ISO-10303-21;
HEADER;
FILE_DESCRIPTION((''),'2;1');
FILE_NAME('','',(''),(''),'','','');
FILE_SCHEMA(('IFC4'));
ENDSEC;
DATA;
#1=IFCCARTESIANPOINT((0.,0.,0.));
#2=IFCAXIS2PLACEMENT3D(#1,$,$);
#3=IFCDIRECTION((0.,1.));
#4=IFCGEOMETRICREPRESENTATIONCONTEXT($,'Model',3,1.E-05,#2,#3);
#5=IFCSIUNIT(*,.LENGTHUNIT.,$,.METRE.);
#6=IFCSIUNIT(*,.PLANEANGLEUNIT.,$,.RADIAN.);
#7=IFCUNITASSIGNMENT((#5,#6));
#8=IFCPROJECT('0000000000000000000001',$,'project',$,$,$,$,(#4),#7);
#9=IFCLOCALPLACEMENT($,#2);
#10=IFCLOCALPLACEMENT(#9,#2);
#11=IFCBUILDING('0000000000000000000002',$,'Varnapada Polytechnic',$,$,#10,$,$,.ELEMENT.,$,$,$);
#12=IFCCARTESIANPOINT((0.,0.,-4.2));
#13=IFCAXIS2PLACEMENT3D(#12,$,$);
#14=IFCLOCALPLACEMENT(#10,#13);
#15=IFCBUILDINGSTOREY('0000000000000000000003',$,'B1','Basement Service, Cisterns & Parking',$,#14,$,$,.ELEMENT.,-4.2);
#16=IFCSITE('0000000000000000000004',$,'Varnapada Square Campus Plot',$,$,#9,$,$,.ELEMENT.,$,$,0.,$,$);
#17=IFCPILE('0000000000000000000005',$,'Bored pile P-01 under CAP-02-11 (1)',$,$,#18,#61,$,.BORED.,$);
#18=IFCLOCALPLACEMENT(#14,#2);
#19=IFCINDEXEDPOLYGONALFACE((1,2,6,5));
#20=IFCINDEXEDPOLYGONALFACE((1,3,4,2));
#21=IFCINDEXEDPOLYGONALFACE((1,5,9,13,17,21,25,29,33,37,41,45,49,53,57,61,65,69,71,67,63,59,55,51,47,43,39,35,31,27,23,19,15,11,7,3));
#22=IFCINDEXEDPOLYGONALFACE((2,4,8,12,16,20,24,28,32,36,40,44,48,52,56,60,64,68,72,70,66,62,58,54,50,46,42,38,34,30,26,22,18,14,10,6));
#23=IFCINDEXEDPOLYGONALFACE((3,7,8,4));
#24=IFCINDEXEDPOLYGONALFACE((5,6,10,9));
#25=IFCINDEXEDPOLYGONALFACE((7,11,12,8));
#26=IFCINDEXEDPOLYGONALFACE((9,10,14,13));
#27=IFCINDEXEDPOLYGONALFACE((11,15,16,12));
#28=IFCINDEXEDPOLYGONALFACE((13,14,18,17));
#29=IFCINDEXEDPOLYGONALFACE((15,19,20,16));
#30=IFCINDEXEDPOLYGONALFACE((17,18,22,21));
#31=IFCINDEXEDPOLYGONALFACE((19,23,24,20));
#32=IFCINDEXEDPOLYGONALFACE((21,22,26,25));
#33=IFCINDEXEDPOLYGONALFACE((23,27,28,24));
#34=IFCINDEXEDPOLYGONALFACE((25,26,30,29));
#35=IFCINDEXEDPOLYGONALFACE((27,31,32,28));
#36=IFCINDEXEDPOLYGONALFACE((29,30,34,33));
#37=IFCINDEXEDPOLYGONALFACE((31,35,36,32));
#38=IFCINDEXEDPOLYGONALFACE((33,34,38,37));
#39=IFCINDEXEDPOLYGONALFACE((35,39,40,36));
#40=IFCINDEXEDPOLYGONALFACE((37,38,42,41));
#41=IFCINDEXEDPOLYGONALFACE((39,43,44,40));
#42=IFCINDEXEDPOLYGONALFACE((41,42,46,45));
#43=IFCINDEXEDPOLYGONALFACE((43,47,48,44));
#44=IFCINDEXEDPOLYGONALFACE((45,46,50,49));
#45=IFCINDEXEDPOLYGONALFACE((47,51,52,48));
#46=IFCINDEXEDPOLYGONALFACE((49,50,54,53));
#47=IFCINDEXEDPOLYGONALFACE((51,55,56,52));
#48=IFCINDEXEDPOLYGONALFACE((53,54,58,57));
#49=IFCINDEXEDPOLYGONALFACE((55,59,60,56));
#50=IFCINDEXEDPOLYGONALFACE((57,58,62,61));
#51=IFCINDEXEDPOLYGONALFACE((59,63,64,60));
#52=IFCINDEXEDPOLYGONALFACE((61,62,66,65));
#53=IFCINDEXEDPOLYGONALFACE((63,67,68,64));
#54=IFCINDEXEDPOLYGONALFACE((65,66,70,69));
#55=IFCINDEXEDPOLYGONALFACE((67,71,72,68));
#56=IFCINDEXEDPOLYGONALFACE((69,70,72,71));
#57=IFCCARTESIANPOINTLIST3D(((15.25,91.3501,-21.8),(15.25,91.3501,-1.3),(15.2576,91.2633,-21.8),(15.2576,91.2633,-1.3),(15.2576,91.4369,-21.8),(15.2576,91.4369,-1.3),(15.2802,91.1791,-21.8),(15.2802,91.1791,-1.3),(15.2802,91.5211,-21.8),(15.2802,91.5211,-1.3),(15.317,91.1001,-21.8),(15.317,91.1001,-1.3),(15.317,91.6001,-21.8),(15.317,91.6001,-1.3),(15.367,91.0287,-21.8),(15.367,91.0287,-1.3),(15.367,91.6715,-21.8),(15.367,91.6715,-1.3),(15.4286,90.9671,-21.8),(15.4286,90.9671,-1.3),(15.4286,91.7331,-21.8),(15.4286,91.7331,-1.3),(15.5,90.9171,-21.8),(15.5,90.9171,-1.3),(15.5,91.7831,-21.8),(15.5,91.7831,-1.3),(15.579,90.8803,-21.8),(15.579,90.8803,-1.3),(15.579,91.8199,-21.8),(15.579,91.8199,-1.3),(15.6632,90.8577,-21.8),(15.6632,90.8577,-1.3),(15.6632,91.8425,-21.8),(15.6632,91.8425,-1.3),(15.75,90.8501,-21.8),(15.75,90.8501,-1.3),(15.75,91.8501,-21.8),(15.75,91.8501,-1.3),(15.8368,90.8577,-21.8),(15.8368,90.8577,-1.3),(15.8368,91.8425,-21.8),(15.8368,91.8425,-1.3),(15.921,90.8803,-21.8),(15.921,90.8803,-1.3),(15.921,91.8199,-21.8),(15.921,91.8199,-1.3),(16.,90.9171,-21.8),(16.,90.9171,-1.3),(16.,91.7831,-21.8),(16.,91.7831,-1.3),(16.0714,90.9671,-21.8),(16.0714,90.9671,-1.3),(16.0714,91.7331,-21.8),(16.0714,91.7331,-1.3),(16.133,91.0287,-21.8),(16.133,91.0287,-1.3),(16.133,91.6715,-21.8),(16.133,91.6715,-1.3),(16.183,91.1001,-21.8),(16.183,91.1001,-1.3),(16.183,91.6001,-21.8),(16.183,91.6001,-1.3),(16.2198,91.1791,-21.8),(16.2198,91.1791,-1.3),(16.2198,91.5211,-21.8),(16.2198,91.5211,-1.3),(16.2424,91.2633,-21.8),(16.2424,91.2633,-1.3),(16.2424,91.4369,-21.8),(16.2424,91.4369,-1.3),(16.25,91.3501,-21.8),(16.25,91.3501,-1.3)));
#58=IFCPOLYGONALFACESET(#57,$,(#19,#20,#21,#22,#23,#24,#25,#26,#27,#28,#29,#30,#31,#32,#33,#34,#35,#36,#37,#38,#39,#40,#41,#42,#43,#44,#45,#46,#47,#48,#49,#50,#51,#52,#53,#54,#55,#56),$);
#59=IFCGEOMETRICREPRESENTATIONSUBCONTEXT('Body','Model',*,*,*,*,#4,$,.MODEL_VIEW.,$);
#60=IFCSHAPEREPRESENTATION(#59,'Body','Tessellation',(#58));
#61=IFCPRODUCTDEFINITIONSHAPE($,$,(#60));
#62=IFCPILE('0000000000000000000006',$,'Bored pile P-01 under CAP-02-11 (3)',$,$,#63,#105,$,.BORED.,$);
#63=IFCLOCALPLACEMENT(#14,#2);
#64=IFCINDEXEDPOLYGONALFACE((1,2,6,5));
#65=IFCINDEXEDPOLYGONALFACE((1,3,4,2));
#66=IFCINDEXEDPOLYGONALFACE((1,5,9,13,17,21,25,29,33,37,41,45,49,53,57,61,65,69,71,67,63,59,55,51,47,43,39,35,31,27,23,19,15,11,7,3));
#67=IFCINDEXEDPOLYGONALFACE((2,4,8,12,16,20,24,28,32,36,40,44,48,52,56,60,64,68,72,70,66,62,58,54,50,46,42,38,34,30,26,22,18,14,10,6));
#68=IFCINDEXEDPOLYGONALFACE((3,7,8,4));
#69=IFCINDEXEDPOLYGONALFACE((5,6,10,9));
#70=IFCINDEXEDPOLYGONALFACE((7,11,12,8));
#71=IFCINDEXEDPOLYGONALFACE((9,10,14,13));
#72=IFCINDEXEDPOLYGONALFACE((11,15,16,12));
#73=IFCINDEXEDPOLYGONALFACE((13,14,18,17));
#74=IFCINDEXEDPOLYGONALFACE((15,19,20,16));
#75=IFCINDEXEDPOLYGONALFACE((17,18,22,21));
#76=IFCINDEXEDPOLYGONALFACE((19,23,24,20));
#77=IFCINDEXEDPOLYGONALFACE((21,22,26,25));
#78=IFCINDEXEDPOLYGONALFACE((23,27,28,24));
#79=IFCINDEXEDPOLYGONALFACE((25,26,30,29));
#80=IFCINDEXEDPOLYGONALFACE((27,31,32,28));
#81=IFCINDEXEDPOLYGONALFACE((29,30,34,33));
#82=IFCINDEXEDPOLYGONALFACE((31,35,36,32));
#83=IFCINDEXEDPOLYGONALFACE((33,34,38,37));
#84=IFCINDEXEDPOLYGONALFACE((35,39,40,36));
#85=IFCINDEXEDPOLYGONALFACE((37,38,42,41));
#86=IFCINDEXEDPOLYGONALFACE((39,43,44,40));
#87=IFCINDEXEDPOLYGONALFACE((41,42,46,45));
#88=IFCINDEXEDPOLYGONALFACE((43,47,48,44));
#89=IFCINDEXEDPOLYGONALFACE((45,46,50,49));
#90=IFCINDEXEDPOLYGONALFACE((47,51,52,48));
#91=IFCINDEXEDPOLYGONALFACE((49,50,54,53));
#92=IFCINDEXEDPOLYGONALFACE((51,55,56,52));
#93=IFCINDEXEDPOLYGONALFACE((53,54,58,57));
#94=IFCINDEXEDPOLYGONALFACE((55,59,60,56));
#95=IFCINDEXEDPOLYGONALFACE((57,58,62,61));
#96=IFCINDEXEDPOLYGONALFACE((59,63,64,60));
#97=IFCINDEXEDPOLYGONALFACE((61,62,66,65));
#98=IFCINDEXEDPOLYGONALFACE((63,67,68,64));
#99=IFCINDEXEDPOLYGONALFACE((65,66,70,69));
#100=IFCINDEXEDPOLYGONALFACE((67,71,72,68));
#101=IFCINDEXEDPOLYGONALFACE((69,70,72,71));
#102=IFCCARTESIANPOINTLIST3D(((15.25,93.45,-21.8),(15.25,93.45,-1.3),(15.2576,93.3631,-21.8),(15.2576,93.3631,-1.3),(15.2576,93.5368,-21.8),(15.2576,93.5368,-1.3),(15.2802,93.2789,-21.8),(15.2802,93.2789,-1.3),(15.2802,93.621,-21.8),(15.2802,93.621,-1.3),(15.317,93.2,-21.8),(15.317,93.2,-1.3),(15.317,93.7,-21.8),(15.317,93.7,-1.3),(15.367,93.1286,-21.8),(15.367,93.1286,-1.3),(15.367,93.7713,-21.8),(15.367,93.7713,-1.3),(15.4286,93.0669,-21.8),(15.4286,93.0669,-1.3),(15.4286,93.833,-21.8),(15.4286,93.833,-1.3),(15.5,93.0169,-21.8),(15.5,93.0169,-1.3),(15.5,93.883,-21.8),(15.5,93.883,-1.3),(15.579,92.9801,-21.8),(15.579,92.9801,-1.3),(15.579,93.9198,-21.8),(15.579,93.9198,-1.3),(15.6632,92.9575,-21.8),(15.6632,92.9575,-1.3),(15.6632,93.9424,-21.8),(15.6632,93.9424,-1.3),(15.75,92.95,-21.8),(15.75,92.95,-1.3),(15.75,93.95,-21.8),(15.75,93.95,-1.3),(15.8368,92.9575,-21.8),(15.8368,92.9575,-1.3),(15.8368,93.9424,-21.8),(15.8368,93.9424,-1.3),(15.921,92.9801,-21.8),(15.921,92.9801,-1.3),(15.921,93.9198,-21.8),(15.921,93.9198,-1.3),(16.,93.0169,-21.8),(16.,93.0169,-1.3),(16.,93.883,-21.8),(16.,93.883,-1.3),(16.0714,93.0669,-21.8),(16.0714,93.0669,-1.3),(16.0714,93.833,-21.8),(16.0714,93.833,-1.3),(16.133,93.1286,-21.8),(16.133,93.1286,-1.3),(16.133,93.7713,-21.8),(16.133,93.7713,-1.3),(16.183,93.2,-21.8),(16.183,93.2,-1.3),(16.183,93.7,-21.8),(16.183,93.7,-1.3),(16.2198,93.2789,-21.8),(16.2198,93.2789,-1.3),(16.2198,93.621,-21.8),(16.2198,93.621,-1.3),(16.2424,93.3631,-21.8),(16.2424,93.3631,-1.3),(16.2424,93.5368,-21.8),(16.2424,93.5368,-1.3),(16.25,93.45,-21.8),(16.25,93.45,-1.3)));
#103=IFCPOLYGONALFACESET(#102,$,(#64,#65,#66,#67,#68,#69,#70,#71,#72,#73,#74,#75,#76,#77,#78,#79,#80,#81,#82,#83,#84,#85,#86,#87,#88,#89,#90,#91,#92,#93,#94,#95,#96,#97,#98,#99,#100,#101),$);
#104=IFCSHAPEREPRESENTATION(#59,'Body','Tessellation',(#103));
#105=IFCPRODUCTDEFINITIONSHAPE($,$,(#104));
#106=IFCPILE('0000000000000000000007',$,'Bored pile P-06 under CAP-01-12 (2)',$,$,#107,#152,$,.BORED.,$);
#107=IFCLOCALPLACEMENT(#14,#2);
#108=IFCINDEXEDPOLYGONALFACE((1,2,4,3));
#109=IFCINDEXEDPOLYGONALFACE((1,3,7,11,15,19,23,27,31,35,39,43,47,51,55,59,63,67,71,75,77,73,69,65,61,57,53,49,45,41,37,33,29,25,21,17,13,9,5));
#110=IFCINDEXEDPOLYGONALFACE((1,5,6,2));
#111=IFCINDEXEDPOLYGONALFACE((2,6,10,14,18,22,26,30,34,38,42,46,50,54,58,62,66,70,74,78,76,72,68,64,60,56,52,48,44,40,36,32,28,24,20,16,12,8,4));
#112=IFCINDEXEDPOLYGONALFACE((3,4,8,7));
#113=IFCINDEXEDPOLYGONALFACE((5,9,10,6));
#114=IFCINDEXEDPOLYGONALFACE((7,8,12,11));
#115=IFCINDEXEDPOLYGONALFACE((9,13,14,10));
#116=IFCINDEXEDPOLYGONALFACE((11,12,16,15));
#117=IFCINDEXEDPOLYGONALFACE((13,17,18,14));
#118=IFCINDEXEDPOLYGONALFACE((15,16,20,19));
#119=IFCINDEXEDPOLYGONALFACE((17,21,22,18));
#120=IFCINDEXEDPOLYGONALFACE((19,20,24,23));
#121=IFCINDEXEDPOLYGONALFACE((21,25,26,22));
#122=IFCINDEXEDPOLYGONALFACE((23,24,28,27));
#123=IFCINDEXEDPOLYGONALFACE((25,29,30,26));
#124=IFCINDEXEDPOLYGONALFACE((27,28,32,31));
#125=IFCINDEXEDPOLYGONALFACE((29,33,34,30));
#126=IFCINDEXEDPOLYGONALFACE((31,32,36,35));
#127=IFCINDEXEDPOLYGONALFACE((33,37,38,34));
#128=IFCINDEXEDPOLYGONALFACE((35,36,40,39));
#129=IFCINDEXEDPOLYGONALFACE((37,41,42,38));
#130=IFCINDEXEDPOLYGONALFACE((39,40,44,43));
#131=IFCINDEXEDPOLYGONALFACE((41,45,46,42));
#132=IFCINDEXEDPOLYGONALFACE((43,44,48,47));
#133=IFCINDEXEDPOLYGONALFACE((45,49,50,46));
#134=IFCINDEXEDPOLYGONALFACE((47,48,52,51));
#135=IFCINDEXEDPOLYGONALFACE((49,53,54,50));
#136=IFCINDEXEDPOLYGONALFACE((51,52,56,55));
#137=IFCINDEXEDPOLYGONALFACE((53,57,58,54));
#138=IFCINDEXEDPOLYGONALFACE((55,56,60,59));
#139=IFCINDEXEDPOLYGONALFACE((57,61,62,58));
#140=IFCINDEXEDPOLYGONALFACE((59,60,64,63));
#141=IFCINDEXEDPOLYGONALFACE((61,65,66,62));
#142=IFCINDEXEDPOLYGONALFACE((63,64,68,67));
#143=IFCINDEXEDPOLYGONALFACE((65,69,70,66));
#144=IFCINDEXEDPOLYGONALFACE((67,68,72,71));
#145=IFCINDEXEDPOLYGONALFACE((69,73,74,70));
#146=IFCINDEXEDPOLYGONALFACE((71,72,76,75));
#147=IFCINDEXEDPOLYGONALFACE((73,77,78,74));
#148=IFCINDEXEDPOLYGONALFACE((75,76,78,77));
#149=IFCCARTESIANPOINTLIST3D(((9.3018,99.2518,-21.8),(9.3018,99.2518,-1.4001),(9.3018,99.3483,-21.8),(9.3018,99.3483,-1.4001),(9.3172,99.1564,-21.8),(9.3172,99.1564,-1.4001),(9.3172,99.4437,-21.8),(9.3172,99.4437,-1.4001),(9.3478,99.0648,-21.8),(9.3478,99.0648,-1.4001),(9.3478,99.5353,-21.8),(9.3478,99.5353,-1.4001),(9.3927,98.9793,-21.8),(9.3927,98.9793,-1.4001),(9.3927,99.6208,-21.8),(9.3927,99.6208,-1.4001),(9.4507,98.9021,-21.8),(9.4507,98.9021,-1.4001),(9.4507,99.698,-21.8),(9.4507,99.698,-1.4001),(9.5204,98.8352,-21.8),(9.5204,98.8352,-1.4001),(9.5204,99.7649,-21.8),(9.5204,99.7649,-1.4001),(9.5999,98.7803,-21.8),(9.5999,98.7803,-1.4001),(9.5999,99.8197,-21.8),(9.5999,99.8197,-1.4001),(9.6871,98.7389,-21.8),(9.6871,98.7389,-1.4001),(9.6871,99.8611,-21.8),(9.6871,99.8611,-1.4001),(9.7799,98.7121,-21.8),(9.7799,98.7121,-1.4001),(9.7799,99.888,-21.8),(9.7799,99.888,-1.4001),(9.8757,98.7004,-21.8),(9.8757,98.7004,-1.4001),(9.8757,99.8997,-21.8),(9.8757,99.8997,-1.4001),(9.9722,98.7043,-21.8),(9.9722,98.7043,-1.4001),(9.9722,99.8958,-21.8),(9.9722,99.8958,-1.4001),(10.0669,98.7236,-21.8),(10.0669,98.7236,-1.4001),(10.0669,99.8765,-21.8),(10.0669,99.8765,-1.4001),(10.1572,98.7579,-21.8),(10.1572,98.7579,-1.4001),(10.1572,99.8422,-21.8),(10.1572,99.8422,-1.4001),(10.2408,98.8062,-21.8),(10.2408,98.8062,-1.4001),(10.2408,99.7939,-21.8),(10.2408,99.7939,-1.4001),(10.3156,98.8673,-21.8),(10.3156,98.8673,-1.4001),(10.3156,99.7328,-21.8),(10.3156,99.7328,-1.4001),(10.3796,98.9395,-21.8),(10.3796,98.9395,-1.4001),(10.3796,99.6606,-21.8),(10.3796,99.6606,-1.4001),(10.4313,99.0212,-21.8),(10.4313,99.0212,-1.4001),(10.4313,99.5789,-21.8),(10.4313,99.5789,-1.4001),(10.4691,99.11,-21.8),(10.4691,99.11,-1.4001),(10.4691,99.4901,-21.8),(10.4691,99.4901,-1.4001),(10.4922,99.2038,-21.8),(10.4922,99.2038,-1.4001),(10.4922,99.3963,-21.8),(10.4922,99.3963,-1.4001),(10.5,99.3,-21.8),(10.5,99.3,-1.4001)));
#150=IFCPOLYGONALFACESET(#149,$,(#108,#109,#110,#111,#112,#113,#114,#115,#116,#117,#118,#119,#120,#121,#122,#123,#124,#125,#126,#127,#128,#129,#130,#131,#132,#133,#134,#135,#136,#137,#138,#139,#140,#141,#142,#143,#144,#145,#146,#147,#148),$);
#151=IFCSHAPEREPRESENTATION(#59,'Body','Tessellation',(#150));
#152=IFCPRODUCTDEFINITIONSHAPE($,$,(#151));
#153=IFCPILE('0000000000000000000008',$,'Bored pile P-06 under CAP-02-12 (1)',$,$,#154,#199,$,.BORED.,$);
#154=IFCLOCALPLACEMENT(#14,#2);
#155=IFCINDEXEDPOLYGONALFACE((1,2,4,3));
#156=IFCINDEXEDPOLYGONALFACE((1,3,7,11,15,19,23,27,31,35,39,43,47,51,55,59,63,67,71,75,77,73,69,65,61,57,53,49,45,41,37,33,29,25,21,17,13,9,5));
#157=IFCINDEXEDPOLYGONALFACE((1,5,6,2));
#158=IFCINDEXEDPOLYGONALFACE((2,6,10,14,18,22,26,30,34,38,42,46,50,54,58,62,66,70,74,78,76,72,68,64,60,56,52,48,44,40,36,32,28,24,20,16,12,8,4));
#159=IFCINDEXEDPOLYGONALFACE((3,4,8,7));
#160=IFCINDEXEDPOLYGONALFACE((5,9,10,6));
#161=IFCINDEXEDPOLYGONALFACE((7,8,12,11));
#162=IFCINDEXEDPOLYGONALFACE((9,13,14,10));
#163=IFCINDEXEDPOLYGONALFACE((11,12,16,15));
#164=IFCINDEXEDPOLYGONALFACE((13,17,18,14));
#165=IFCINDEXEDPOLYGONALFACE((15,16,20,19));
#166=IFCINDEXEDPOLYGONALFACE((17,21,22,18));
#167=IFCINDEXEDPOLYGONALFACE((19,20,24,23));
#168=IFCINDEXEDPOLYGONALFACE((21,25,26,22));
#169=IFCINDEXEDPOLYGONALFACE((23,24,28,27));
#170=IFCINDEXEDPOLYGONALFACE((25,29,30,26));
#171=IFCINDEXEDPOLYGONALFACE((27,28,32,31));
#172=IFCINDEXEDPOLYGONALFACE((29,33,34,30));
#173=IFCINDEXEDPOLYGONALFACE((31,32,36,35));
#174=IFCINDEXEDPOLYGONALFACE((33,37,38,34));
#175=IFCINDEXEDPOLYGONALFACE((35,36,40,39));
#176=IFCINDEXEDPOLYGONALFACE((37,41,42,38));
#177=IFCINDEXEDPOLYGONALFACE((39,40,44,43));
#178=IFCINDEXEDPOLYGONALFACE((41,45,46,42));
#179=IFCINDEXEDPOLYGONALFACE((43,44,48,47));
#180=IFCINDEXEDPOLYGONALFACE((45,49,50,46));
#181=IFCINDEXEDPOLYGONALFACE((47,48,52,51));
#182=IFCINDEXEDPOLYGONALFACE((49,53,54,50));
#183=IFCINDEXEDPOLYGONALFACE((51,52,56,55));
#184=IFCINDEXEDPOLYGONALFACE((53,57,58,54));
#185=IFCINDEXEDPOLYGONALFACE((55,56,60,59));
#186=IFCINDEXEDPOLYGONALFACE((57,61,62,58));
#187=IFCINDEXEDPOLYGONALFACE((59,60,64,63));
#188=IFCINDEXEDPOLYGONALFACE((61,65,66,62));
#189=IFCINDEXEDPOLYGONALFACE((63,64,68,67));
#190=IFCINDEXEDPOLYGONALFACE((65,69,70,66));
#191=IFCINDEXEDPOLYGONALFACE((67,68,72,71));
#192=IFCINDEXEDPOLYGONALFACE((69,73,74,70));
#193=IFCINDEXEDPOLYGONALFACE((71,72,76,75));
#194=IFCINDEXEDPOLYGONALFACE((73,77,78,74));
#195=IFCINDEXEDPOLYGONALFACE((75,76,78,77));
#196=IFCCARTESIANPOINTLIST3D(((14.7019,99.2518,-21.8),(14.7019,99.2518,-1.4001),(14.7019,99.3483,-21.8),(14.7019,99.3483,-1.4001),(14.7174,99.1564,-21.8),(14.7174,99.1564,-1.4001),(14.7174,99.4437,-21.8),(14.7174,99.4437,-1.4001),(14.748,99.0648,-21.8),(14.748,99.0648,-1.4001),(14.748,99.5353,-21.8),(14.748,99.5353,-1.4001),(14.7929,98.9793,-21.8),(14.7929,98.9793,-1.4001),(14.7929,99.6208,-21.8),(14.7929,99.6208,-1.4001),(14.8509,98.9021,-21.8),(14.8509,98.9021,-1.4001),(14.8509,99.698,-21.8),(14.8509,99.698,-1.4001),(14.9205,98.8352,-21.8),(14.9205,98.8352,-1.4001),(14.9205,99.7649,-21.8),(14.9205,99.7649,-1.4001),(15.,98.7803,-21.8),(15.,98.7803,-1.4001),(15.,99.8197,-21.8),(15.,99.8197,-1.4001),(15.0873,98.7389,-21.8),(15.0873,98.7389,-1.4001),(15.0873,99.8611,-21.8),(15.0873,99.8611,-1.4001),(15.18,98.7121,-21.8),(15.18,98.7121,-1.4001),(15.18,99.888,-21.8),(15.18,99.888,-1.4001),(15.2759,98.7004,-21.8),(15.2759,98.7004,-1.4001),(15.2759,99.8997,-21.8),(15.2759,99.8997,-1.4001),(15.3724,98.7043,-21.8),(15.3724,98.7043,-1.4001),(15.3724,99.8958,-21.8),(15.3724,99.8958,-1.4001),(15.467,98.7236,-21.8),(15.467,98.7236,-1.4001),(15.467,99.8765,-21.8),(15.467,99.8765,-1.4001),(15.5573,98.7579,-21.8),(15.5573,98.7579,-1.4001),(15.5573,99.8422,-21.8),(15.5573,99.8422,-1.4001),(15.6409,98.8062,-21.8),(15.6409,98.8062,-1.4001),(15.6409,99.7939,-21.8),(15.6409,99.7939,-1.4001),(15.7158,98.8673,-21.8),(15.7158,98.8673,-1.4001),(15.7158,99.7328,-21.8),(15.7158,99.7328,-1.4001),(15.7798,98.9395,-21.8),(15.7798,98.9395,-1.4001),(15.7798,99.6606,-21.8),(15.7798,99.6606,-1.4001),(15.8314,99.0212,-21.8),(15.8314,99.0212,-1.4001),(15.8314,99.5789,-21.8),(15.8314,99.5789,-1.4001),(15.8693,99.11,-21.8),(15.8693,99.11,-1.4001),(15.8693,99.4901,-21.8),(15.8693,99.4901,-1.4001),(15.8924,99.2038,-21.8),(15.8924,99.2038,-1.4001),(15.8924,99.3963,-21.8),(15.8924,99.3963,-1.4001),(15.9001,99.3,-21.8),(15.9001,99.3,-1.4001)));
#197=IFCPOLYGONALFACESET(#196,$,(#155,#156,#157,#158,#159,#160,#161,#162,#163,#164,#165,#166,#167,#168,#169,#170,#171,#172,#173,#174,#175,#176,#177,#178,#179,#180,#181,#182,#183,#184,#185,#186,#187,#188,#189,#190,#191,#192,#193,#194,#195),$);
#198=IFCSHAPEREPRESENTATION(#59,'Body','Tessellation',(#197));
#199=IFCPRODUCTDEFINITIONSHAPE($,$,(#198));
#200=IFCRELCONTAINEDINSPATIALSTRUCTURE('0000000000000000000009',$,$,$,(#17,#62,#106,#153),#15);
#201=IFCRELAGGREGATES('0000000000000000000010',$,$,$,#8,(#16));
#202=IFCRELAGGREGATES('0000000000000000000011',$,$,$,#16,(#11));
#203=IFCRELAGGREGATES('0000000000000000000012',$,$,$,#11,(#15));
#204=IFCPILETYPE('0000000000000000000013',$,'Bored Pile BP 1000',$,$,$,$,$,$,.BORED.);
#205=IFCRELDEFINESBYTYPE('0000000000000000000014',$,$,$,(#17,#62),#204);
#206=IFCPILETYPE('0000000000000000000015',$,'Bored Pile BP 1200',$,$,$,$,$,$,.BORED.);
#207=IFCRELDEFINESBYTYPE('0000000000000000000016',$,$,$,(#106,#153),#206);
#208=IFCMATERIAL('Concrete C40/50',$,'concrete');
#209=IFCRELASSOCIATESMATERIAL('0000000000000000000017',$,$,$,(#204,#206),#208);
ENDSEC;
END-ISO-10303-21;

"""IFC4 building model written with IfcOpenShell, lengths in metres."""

from ifc_helpers import new_model, si_unit, direction, frame, origin, origin_2d, place, context, subcontext, project, spatial, circle, extrude, material, material_profile, profile_set, type_object, element, save


model = new_model("IFC4")

# Units and contexts
model_context = context("Model", 3, precision=1e-05, world=origin(), true_north=direction((0.0, 1.0)))
body_context = subcontext(model_context, "Body", "Model", "MODEL_VIEW")
ifc_project = project(units=[si_unit("LENGTHUNIT", "METRE"), si_unit("PLANEANGLEUNIT", "RADIAN")], contexts=[model_context])

# Site, building, storey
site_placement = place(None, origin())
site = spatial("IfcSite", under=ifc_project, at=site_placement, Name="Varnapada Square Campus Plot", CompositionType="ELEMENT", RefElevation=0.0)
building_placement = place(site_placement, origin())
building = spatial("IfcBuilding", under=site, at=building_placement, Name="Varnapada Polytechnic", CompositionType="ELEMENT")
storey_placement = place(building_placement, frame((0.0, 0.0, -4.2)))
storey = spatial("IfcBuildingStorey", under=building, at=storey_placement, Name="B1", Description="Basement Service, Cisterns & Parking", CompositionType="ELEMENT", Elevation=-4.2)

# Piles
ifc_material_1 = material(Name="Concrete C40/50", Category="concrete")
ifc_material_profile_1 = material_profile(ifc_material_1, circle(Radius=0.5, at=origin_2d()), Name="BP 1000")
ifc_profile_set_1 = profile_set([ifc_material_profile_1], Name="Concrete C40/50")
pile_type_1 = type_object("IfcPileType", Name="Bored Pile BP 1000", PredefinedType="BORED", material=ifc_profile_set_1)
for number, where, z_axis, x_axis, name in (
    (1, (15.75, 91.3501, -1.3), (0.0, 0.0, -1.0), (1.0, 0.0, 0.0), "Bored pile P-01 under CAP-02-11 (1)"),
    (2, (15.75, 93.45, -1.3), (0.0, 0.0, -1.0), (1.0, 0.0, 0.0), "Bored pile P-01 under CAP-02-11 (3)"),
):
    element("IfcPile", number, at=place(storey_placement, frame(where, z_axis=z_axis, x_axis=x_axis)), inside=storey, type_object=pile_type_1, Name=name, PredefinedType="BORED", context=body_context, shape_type="SweptSolid", body=[
        extrude(circle(Radius=0.5, at=origin_2d()), origin(), (0.0, 0.0, 1.0), 20.5),
    ])
ifc_material_profile_2 = material_profile(ifc_material_1, circle(Radius=0.6001, at=origin_2d()), Name="BP 1200")
ifc_profile_set_2 = profile_set([ifc_material_profile_2], Name="Concrete C40/50")
pile_type_2 = type_object("IfcPileType", Name="Bored Pile BP 1200", PredefinedType="BORED", material=ifc_profile_set_2)
for number, where, z_axis, x_axis, name in (
    (3, (9.8999, 99.3, -1.4001), (0.0, 0.0, -1.0), (1.0, 0.0, 0.0), "Bored pile P-06 under CAP-01-12 (2)"),
    (4, (15.3, 99.3, -1.4001), (0.0, 0.0, -1.0), (1.0, 0.0, 0.0), "Bored pile P-06 under CAP-02-12 (1)"),
):
    element("IfcPile", number, at=place(storey_placement, frame(where, z_axis=z_axis, x_axis=x_axis)), inside=storey, type_object=pile_type_2, Name=name, PredefinedType="BORED", context=body_context, shape_type="SweptSolid", body=[
        extrude(circle(Radius=0.6001, at=origin_2d()), origin(), (0.0, 0.0, 1.0), 20.3999),
    ])

save(model, "model.ifc")
